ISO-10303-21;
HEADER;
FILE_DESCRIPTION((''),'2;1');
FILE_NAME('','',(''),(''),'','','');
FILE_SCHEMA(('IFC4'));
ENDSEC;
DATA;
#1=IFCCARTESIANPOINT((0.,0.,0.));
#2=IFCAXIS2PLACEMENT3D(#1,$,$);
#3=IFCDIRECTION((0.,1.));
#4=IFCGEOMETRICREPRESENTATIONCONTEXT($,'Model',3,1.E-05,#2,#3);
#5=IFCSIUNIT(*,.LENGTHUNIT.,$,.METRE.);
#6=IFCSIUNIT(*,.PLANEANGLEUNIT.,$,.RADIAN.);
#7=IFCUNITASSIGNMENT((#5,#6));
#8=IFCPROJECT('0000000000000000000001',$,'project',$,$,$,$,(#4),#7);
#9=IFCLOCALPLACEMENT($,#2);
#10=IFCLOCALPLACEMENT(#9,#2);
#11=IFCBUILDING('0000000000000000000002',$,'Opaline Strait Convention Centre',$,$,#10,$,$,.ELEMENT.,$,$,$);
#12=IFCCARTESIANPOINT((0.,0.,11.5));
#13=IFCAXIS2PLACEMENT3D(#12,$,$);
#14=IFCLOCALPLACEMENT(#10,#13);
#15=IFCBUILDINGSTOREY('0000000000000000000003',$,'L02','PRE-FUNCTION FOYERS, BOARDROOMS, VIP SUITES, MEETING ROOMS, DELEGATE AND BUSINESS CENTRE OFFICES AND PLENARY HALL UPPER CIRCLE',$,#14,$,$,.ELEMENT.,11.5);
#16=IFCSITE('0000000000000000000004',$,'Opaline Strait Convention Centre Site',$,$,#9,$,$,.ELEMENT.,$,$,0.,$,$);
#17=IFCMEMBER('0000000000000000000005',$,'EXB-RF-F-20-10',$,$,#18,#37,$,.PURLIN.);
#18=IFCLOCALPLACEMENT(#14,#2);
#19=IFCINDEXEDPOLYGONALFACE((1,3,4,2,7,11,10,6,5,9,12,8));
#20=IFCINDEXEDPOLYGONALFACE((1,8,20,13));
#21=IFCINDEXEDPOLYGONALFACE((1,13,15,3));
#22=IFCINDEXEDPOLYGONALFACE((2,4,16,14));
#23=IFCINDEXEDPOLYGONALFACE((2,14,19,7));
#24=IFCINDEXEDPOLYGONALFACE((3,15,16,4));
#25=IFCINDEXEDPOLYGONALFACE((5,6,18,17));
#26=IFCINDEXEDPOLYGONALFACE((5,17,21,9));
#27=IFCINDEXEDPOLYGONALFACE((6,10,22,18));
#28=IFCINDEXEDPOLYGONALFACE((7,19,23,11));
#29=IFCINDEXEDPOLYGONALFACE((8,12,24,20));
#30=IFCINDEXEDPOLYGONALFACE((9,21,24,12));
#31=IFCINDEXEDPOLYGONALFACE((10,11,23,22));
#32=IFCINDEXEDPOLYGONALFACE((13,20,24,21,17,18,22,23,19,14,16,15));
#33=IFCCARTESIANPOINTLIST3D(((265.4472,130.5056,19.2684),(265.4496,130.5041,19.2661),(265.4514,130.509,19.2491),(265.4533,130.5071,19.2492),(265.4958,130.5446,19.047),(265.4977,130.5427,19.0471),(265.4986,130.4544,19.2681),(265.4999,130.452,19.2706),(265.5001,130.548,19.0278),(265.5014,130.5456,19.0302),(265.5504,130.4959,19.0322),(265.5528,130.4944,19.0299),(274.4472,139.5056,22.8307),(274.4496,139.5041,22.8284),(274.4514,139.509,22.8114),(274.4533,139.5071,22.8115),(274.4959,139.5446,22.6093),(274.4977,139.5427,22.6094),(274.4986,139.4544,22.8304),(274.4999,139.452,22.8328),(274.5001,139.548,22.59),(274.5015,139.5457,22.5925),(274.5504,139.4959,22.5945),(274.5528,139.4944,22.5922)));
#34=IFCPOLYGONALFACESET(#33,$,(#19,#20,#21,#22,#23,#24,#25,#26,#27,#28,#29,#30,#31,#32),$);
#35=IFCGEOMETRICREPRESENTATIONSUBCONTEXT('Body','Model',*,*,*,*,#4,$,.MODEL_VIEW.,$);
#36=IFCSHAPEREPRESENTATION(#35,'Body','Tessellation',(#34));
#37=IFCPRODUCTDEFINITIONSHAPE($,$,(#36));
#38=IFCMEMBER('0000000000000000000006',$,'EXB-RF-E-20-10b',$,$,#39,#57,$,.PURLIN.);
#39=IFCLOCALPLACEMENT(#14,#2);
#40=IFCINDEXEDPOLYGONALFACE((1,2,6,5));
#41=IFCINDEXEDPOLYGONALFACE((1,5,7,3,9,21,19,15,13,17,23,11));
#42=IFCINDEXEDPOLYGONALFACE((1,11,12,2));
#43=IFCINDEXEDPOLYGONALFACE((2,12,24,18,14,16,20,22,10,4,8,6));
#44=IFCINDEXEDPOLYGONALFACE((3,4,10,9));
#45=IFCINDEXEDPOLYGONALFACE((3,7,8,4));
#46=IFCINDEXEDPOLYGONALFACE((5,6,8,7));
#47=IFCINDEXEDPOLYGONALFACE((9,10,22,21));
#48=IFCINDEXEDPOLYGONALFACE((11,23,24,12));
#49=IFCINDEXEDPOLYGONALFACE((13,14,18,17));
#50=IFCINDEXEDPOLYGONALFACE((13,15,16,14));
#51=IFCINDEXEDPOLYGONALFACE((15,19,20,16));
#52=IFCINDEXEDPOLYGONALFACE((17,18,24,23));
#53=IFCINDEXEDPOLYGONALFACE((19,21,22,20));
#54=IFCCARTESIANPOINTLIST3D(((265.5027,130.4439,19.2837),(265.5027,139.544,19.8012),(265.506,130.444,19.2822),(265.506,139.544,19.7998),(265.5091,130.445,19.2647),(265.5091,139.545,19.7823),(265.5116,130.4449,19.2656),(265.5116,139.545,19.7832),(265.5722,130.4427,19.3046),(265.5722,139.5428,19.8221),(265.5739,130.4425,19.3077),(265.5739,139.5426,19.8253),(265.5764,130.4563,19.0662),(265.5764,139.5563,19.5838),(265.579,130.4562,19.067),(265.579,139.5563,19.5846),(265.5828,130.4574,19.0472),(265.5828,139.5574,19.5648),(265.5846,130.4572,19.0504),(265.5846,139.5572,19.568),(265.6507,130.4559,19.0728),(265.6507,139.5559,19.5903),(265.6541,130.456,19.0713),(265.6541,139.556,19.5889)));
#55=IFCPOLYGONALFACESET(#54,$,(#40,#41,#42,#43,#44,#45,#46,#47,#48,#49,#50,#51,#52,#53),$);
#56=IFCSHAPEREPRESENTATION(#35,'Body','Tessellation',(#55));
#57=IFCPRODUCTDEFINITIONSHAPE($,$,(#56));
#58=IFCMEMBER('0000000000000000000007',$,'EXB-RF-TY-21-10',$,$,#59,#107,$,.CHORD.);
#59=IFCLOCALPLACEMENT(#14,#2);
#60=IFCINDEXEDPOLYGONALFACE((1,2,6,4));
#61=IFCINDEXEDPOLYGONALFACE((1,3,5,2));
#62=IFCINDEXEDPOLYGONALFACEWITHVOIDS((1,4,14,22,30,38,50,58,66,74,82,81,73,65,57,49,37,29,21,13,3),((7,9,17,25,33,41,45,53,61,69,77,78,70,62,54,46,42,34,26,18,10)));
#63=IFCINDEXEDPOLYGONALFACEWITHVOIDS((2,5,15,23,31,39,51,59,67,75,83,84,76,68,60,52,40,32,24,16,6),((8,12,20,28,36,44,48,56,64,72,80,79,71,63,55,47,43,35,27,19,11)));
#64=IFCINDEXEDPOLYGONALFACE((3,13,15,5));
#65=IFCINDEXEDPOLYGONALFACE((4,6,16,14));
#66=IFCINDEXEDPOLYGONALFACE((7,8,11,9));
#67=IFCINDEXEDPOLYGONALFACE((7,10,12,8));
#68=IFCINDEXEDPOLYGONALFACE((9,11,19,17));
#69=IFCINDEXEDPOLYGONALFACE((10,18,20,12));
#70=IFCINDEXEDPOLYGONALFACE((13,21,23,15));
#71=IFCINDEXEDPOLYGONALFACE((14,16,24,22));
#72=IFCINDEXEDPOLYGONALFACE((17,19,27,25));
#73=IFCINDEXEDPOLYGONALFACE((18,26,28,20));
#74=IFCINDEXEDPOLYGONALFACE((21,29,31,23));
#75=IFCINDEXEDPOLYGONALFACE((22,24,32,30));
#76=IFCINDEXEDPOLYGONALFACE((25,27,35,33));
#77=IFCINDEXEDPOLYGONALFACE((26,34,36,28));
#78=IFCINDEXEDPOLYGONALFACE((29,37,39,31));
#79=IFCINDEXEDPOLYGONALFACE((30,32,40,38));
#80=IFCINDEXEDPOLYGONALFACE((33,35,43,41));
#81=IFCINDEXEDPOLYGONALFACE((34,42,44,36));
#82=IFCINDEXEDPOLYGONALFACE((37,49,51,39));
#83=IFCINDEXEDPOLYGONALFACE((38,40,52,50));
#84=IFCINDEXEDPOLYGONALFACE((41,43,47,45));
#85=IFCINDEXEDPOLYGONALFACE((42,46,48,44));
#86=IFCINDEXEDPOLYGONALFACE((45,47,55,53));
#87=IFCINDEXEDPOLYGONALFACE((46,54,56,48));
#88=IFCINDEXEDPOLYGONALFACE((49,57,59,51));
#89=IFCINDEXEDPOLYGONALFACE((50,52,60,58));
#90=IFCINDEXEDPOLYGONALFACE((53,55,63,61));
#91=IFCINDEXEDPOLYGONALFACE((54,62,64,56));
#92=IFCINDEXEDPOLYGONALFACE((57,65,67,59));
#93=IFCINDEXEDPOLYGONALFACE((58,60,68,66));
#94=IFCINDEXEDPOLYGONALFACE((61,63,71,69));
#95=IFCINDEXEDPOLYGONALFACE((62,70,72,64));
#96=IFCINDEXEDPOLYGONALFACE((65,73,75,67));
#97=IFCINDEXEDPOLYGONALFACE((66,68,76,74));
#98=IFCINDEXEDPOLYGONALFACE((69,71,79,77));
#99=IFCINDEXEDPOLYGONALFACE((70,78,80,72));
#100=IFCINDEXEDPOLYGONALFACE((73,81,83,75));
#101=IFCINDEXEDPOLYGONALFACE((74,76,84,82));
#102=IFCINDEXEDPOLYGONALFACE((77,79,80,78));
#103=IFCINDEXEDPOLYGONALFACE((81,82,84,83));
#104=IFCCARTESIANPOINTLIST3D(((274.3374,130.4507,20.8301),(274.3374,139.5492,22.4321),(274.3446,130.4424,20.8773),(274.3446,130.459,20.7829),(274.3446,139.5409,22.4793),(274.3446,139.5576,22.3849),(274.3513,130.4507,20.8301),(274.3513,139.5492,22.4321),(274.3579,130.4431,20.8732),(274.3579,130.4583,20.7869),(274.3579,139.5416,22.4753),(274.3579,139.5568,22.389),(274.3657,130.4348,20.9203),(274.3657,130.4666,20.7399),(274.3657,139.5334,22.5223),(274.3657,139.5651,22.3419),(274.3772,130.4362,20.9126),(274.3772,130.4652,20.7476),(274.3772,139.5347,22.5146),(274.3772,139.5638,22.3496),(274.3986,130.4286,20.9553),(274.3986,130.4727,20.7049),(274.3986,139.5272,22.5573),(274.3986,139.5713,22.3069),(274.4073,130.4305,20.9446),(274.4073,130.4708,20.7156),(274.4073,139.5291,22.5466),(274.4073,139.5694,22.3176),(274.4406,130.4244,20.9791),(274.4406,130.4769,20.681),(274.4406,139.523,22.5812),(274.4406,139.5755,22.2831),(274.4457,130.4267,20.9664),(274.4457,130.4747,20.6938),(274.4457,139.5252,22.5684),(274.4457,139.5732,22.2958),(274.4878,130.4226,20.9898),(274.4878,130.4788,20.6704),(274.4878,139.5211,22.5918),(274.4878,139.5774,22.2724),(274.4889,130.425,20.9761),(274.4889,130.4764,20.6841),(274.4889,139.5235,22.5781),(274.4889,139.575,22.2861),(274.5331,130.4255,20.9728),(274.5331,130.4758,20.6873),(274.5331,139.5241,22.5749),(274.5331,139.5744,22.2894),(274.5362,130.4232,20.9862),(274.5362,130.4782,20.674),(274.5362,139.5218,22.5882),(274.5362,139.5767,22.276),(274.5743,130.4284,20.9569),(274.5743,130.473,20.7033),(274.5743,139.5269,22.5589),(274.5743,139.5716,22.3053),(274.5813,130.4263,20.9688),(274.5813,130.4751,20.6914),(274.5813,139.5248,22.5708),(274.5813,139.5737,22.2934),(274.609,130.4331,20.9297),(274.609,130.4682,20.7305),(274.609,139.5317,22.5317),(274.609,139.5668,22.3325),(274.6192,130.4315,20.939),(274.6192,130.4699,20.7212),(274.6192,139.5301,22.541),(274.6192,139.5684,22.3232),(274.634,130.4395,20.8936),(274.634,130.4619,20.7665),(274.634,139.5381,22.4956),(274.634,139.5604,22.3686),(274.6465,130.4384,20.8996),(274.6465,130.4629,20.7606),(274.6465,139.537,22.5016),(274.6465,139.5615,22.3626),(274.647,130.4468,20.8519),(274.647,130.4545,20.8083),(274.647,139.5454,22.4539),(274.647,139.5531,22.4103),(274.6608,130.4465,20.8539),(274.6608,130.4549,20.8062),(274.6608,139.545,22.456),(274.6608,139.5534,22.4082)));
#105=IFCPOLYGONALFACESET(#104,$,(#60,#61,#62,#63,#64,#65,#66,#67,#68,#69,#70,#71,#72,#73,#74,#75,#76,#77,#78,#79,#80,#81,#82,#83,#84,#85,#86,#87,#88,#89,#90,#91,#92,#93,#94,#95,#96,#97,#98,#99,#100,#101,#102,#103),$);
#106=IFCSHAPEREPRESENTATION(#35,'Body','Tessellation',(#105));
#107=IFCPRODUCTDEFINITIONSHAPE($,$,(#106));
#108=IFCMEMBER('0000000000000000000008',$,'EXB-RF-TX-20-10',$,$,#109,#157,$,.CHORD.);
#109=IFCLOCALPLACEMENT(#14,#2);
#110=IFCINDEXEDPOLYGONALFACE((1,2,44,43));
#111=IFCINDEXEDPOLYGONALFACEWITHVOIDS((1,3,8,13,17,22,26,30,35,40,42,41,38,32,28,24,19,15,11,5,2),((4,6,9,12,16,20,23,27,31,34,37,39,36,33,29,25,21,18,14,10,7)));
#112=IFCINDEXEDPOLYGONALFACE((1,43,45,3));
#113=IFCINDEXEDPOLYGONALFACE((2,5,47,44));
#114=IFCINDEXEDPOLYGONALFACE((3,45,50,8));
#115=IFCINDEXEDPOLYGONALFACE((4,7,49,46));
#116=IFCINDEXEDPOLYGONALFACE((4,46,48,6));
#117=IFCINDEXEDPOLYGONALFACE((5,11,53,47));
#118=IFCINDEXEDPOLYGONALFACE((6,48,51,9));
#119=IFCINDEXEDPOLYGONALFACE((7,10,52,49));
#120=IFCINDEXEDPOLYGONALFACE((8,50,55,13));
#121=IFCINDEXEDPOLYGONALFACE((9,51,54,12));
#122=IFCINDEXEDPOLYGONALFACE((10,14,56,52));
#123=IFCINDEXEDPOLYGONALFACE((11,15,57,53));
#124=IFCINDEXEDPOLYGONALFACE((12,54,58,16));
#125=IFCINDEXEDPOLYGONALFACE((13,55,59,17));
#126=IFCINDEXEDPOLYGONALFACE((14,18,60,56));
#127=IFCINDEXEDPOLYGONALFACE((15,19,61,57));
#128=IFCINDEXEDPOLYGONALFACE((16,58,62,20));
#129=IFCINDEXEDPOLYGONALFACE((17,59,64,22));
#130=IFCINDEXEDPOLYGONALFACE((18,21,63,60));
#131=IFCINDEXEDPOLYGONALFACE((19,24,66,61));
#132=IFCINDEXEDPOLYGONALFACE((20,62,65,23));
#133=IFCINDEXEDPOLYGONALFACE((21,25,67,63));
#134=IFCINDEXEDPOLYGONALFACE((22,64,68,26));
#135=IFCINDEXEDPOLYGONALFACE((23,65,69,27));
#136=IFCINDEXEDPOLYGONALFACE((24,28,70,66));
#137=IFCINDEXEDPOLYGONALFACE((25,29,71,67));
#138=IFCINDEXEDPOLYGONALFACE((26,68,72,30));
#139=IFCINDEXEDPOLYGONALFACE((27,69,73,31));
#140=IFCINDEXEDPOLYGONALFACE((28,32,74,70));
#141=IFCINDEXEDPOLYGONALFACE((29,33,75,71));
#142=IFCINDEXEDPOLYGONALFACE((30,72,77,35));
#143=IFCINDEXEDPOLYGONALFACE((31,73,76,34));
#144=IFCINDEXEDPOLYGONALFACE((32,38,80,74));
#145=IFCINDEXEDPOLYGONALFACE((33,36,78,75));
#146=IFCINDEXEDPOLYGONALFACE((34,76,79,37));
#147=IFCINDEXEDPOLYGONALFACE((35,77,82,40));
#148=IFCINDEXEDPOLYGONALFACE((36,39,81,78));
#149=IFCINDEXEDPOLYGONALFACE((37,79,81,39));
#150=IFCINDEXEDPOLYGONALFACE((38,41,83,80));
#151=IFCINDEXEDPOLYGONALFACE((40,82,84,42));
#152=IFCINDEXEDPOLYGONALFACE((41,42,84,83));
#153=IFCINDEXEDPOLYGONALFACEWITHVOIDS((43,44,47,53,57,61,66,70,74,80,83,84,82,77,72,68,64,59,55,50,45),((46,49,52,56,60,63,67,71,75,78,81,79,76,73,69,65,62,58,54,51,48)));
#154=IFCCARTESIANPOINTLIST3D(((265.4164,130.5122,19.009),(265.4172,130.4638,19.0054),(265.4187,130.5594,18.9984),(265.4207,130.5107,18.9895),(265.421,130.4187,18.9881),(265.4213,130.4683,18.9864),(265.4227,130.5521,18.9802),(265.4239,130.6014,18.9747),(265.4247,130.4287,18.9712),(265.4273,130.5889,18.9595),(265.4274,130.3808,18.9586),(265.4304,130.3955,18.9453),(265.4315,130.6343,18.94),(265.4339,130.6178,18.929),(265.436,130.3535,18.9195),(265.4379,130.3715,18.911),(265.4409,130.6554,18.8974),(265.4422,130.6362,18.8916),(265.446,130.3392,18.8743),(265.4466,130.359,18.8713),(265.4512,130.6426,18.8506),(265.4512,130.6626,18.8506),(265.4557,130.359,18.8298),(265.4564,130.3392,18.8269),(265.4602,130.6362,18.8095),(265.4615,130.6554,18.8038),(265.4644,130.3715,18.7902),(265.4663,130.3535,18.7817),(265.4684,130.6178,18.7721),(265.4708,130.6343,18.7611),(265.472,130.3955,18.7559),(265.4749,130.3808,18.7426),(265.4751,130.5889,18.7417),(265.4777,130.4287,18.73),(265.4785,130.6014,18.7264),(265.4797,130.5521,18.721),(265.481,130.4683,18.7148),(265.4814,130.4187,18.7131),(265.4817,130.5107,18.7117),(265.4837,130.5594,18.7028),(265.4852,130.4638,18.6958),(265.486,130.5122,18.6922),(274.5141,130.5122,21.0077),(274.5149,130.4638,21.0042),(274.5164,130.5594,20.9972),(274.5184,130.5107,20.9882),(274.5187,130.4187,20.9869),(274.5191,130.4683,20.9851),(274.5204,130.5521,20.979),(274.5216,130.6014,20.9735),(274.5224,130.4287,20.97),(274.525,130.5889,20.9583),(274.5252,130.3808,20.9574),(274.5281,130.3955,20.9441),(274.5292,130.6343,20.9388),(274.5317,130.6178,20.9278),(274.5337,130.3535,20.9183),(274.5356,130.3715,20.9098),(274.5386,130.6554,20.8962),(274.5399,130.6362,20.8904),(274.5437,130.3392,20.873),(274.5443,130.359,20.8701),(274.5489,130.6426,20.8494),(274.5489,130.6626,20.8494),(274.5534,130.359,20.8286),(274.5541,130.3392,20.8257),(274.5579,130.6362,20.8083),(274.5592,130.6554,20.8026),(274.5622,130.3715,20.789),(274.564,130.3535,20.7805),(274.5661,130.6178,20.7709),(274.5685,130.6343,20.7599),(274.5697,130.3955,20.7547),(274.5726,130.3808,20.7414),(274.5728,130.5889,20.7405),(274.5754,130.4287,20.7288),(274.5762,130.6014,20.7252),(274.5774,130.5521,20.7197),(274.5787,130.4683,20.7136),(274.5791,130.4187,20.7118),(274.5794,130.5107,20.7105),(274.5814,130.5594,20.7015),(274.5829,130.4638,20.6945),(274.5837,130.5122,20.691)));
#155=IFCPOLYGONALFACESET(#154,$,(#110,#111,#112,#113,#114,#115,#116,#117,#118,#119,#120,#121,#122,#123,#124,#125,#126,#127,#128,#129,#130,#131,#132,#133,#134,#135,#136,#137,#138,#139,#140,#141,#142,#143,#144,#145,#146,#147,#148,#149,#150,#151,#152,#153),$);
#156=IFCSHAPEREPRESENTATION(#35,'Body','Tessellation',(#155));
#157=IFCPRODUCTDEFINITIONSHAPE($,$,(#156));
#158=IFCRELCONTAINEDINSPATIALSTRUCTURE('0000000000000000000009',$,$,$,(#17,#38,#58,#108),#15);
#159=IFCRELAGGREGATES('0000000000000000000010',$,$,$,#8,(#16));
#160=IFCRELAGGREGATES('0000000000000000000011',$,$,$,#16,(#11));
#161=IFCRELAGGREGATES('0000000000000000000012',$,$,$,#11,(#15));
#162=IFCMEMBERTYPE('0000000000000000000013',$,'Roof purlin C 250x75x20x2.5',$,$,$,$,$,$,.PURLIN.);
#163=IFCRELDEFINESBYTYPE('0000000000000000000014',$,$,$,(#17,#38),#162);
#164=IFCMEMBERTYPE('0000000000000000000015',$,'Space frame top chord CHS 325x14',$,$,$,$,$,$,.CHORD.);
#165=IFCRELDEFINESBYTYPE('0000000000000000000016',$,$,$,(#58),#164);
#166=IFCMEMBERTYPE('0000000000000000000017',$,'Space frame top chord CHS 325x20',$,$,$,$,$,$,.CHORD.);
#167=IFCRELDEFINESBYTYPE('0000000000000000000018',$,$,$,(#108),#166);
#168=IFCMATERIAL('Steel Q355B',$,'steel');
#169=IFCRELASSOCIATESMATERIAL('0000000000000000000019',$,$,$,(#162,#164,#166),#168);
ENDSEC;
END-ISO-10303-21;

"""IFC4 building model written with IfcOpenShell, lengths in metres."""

from ifc_helpers import new_model, si_unit, direction, frame, origin, origin_2d, place, context, subcontext, project, spatial, polyline, hollow_circle, outline, extrude, material, material_profile, profile_set, type_object, element, save


model = new_model("IFC4")

# Units and contexts
model_context = context("Model", 3, precision=1e-05, world=origin(), true_north=direction((0.0, 1.0)))
body_context = subcontext(model_context, "Body", "Model", "MODEL_VIEW")
ifc_project = project(units=[si_unit("LENGTHUNIT", "METRE"), si_unit("PLANEANGLEUNIT", "RADIAN")], contexts=[model_context])

# Site, building, storey
site_placement = place(None, origin())
site = spatial("IfcSite", under=ifc_project, at=site_placement, Name="Opaline Strait Convention Centre Site", CompositionType="ELEMENT", RefElevation=0.0)
building_placement = place(site_placement, origin())
building = spatial("IfcBuilding", under=site, at=building_placement, Name="Opaline Strait Convention Centre", CompositionType="ELEMENT")
storey_placement = place(building_placement, frame((0.0, 0.0, 11.5)))
storey = spatial("IfcBuildingStorey", under=building, at=storey_placement, Name="L02", Description="PRE-FUNCTION FOYERS, BOARDROOMS, VIP SUITES, MEETING ROOMS, DELEGATE AND BUSINESS CENTRE OFFICES AND PLENARY HALL UPPER CIRCLE", CompositionType="ELEMENT", Elevation=11.5)

# Members
ifc_material_1 = material(Name="Steel Q355B", Category="steel")
ifc_material_profile_1 = material_profile(ifc_material_1, outline(polyline([(-0.0376, -0.125), (0.0376, -0.125), (0.0376, -0.105), (0.0349, -0.105), (0.0349, -0.1226), (-0.0349, -0.1226), (-0.0349, 0.1226), (0.0349, 0.1226), (0.0349, 0.105), (0.0376, 0.105), (0.0376, 0.125), (-0.0376, 0.125), (-0.0376, -0.125)])), Name="C 250x75x20x2.5")
ifc_profile_set_1 = profile_set([ifc_material_profile_1], Name="Steel Q355B")
member_type_1 = type_object("IfcMemberType", Name="Roof purlin C 250x75x20x2.5", PredefinedType="PURLIN", material=ifc_profile_set_1)
member_1_placement = place(storey_placement, frame((265.5, 130.5, 19.1492), z_axis=(0.68094, 0.68094, 0.26952), x_axis=(-0.701136, 0.712454, -0.028595)))
element("IfcMember", 1, at=member_1_placement, inside=storey, type_object=member_type_1, Name="EXB-RF-F-20-10", PredefinedType="PURLIN", context=body_context, shape_type="SweptSolid", body=[
    extrude(outline(polyline([(-0.0376, -0.125), (0.0376, -0.125), (0.0376, -0.105), (0.0349, -0.105), (0.0349, -0.1226), (-0.0349, -0.1226), (-0.0349, 0.1226), (0.0349, 0.1226), (0.0349, 0.105), (0.0376, 0.105), (0.0376, 0.125), (-0.0376, 0.125), (-0.0376, -0.125)])), origin(), (0.0, 0.0, 1.0), 13.217),
])
member_2_placement = place(storey_placement, frame((265.5784, 130.45, 19.1775), z_axis=(0.0, 0.998386, 0.056784), x_axis=(-0.947232, 0.018202, -0.320033)))
element("IfcMember", 2, at=member_2_placement, inside=storey, type_object=member_type_1, Name="EXB-RF-E-20-10b", PredefinedType="PURLIN", context=body_context, shape_type="SweptSolid", body=[
    extrude(outline(polyline([(-0.0376, -0.125), (0.0376, -0.125), (0.0376, -0.105), (0.0349, -0.105), (0.0349, -0.1226), (-0.0349, -0.1226), (-0.0349, 0.1226), (0.0349, 0.1226), (0.0349, 0.105), (0.0376, 0.105), (0.0376, 0.125), (-0.0376, 0.125), (-0.0376, -0.125)])), origin(), (0.0, 0.0, 1.0), 9.1147),
])
ifc_material_profile_2 = material_profile(ifc_material_1, hollow_circle(Radius=0.1626, WallThickness=0.0139, at=origin_2d()), Name="CHS 325x14")
ifc_profile_set_2 = profile_set([ifc_material_profile_2], Name="Steel Q355B")
member_type_2 = type_object("IfcMemberType", Name="Space frame top chord CHS 325x14", PredefinedType="CHORD", material=ifc_profile_set_2)
member_3_placement = place(storey_placement, frame((274.5, 130.4507, 20.8301), z_axis=(0.0, 0.98485, 0.173408), x_axis=(-1.0, 0.0, 0.0)))
element("IfcMember", 3, at=member_3_placement, inside=storey, type_object=member_type_2, Name="EXB-RF-TY-21-10", PredefinedType="CHORD", context=body_context, shape_type="SweptSolid", body=[
    extrude(hollow_circle(Radius=0.1626, WallThickness=0.0139, at=origin_2d()), origin(), (0.0, 0.0, 1.0), 9.2385),
])
ifc_material_profile_3 = material_profile(ifc_material_1, hollow_circle(Radius=0.1626, WallThickness=0.02, at=origin_2d()), Name="CHS 325x20")
ifc_profile_set_3 = profile_set([ifc_material_profile_3], Name="Steel Q355B")
member_type_3 = type_object("IfcMemberType", Name="Space frame top chord CHS 325x20", PredefinedType="CHORD", material=ifc_profile_set_3)
member_4_placement = place(storey_placement, frame((265.4512, 130.5, 18.8506), z_axis=(0.976705, 0.0, 0.214585), x_axis=(0.0, 1.0, 0.0)))
element("IfcMember", 4, at=member_4_placement, inside=storey, type_object=member_type_3, Name="EXB-RF-TX-20-10", PredefinedType="CHORD", context=body_context, shape_type="SweptSolid", body=[
    extrude(hollow_circle(Radius=0.1626, WallThickness=0.02, at=origin_2d()), origin(), (0.0, 0.0, 1.0), 9.3147),
])

save(model, "model.ifc")
